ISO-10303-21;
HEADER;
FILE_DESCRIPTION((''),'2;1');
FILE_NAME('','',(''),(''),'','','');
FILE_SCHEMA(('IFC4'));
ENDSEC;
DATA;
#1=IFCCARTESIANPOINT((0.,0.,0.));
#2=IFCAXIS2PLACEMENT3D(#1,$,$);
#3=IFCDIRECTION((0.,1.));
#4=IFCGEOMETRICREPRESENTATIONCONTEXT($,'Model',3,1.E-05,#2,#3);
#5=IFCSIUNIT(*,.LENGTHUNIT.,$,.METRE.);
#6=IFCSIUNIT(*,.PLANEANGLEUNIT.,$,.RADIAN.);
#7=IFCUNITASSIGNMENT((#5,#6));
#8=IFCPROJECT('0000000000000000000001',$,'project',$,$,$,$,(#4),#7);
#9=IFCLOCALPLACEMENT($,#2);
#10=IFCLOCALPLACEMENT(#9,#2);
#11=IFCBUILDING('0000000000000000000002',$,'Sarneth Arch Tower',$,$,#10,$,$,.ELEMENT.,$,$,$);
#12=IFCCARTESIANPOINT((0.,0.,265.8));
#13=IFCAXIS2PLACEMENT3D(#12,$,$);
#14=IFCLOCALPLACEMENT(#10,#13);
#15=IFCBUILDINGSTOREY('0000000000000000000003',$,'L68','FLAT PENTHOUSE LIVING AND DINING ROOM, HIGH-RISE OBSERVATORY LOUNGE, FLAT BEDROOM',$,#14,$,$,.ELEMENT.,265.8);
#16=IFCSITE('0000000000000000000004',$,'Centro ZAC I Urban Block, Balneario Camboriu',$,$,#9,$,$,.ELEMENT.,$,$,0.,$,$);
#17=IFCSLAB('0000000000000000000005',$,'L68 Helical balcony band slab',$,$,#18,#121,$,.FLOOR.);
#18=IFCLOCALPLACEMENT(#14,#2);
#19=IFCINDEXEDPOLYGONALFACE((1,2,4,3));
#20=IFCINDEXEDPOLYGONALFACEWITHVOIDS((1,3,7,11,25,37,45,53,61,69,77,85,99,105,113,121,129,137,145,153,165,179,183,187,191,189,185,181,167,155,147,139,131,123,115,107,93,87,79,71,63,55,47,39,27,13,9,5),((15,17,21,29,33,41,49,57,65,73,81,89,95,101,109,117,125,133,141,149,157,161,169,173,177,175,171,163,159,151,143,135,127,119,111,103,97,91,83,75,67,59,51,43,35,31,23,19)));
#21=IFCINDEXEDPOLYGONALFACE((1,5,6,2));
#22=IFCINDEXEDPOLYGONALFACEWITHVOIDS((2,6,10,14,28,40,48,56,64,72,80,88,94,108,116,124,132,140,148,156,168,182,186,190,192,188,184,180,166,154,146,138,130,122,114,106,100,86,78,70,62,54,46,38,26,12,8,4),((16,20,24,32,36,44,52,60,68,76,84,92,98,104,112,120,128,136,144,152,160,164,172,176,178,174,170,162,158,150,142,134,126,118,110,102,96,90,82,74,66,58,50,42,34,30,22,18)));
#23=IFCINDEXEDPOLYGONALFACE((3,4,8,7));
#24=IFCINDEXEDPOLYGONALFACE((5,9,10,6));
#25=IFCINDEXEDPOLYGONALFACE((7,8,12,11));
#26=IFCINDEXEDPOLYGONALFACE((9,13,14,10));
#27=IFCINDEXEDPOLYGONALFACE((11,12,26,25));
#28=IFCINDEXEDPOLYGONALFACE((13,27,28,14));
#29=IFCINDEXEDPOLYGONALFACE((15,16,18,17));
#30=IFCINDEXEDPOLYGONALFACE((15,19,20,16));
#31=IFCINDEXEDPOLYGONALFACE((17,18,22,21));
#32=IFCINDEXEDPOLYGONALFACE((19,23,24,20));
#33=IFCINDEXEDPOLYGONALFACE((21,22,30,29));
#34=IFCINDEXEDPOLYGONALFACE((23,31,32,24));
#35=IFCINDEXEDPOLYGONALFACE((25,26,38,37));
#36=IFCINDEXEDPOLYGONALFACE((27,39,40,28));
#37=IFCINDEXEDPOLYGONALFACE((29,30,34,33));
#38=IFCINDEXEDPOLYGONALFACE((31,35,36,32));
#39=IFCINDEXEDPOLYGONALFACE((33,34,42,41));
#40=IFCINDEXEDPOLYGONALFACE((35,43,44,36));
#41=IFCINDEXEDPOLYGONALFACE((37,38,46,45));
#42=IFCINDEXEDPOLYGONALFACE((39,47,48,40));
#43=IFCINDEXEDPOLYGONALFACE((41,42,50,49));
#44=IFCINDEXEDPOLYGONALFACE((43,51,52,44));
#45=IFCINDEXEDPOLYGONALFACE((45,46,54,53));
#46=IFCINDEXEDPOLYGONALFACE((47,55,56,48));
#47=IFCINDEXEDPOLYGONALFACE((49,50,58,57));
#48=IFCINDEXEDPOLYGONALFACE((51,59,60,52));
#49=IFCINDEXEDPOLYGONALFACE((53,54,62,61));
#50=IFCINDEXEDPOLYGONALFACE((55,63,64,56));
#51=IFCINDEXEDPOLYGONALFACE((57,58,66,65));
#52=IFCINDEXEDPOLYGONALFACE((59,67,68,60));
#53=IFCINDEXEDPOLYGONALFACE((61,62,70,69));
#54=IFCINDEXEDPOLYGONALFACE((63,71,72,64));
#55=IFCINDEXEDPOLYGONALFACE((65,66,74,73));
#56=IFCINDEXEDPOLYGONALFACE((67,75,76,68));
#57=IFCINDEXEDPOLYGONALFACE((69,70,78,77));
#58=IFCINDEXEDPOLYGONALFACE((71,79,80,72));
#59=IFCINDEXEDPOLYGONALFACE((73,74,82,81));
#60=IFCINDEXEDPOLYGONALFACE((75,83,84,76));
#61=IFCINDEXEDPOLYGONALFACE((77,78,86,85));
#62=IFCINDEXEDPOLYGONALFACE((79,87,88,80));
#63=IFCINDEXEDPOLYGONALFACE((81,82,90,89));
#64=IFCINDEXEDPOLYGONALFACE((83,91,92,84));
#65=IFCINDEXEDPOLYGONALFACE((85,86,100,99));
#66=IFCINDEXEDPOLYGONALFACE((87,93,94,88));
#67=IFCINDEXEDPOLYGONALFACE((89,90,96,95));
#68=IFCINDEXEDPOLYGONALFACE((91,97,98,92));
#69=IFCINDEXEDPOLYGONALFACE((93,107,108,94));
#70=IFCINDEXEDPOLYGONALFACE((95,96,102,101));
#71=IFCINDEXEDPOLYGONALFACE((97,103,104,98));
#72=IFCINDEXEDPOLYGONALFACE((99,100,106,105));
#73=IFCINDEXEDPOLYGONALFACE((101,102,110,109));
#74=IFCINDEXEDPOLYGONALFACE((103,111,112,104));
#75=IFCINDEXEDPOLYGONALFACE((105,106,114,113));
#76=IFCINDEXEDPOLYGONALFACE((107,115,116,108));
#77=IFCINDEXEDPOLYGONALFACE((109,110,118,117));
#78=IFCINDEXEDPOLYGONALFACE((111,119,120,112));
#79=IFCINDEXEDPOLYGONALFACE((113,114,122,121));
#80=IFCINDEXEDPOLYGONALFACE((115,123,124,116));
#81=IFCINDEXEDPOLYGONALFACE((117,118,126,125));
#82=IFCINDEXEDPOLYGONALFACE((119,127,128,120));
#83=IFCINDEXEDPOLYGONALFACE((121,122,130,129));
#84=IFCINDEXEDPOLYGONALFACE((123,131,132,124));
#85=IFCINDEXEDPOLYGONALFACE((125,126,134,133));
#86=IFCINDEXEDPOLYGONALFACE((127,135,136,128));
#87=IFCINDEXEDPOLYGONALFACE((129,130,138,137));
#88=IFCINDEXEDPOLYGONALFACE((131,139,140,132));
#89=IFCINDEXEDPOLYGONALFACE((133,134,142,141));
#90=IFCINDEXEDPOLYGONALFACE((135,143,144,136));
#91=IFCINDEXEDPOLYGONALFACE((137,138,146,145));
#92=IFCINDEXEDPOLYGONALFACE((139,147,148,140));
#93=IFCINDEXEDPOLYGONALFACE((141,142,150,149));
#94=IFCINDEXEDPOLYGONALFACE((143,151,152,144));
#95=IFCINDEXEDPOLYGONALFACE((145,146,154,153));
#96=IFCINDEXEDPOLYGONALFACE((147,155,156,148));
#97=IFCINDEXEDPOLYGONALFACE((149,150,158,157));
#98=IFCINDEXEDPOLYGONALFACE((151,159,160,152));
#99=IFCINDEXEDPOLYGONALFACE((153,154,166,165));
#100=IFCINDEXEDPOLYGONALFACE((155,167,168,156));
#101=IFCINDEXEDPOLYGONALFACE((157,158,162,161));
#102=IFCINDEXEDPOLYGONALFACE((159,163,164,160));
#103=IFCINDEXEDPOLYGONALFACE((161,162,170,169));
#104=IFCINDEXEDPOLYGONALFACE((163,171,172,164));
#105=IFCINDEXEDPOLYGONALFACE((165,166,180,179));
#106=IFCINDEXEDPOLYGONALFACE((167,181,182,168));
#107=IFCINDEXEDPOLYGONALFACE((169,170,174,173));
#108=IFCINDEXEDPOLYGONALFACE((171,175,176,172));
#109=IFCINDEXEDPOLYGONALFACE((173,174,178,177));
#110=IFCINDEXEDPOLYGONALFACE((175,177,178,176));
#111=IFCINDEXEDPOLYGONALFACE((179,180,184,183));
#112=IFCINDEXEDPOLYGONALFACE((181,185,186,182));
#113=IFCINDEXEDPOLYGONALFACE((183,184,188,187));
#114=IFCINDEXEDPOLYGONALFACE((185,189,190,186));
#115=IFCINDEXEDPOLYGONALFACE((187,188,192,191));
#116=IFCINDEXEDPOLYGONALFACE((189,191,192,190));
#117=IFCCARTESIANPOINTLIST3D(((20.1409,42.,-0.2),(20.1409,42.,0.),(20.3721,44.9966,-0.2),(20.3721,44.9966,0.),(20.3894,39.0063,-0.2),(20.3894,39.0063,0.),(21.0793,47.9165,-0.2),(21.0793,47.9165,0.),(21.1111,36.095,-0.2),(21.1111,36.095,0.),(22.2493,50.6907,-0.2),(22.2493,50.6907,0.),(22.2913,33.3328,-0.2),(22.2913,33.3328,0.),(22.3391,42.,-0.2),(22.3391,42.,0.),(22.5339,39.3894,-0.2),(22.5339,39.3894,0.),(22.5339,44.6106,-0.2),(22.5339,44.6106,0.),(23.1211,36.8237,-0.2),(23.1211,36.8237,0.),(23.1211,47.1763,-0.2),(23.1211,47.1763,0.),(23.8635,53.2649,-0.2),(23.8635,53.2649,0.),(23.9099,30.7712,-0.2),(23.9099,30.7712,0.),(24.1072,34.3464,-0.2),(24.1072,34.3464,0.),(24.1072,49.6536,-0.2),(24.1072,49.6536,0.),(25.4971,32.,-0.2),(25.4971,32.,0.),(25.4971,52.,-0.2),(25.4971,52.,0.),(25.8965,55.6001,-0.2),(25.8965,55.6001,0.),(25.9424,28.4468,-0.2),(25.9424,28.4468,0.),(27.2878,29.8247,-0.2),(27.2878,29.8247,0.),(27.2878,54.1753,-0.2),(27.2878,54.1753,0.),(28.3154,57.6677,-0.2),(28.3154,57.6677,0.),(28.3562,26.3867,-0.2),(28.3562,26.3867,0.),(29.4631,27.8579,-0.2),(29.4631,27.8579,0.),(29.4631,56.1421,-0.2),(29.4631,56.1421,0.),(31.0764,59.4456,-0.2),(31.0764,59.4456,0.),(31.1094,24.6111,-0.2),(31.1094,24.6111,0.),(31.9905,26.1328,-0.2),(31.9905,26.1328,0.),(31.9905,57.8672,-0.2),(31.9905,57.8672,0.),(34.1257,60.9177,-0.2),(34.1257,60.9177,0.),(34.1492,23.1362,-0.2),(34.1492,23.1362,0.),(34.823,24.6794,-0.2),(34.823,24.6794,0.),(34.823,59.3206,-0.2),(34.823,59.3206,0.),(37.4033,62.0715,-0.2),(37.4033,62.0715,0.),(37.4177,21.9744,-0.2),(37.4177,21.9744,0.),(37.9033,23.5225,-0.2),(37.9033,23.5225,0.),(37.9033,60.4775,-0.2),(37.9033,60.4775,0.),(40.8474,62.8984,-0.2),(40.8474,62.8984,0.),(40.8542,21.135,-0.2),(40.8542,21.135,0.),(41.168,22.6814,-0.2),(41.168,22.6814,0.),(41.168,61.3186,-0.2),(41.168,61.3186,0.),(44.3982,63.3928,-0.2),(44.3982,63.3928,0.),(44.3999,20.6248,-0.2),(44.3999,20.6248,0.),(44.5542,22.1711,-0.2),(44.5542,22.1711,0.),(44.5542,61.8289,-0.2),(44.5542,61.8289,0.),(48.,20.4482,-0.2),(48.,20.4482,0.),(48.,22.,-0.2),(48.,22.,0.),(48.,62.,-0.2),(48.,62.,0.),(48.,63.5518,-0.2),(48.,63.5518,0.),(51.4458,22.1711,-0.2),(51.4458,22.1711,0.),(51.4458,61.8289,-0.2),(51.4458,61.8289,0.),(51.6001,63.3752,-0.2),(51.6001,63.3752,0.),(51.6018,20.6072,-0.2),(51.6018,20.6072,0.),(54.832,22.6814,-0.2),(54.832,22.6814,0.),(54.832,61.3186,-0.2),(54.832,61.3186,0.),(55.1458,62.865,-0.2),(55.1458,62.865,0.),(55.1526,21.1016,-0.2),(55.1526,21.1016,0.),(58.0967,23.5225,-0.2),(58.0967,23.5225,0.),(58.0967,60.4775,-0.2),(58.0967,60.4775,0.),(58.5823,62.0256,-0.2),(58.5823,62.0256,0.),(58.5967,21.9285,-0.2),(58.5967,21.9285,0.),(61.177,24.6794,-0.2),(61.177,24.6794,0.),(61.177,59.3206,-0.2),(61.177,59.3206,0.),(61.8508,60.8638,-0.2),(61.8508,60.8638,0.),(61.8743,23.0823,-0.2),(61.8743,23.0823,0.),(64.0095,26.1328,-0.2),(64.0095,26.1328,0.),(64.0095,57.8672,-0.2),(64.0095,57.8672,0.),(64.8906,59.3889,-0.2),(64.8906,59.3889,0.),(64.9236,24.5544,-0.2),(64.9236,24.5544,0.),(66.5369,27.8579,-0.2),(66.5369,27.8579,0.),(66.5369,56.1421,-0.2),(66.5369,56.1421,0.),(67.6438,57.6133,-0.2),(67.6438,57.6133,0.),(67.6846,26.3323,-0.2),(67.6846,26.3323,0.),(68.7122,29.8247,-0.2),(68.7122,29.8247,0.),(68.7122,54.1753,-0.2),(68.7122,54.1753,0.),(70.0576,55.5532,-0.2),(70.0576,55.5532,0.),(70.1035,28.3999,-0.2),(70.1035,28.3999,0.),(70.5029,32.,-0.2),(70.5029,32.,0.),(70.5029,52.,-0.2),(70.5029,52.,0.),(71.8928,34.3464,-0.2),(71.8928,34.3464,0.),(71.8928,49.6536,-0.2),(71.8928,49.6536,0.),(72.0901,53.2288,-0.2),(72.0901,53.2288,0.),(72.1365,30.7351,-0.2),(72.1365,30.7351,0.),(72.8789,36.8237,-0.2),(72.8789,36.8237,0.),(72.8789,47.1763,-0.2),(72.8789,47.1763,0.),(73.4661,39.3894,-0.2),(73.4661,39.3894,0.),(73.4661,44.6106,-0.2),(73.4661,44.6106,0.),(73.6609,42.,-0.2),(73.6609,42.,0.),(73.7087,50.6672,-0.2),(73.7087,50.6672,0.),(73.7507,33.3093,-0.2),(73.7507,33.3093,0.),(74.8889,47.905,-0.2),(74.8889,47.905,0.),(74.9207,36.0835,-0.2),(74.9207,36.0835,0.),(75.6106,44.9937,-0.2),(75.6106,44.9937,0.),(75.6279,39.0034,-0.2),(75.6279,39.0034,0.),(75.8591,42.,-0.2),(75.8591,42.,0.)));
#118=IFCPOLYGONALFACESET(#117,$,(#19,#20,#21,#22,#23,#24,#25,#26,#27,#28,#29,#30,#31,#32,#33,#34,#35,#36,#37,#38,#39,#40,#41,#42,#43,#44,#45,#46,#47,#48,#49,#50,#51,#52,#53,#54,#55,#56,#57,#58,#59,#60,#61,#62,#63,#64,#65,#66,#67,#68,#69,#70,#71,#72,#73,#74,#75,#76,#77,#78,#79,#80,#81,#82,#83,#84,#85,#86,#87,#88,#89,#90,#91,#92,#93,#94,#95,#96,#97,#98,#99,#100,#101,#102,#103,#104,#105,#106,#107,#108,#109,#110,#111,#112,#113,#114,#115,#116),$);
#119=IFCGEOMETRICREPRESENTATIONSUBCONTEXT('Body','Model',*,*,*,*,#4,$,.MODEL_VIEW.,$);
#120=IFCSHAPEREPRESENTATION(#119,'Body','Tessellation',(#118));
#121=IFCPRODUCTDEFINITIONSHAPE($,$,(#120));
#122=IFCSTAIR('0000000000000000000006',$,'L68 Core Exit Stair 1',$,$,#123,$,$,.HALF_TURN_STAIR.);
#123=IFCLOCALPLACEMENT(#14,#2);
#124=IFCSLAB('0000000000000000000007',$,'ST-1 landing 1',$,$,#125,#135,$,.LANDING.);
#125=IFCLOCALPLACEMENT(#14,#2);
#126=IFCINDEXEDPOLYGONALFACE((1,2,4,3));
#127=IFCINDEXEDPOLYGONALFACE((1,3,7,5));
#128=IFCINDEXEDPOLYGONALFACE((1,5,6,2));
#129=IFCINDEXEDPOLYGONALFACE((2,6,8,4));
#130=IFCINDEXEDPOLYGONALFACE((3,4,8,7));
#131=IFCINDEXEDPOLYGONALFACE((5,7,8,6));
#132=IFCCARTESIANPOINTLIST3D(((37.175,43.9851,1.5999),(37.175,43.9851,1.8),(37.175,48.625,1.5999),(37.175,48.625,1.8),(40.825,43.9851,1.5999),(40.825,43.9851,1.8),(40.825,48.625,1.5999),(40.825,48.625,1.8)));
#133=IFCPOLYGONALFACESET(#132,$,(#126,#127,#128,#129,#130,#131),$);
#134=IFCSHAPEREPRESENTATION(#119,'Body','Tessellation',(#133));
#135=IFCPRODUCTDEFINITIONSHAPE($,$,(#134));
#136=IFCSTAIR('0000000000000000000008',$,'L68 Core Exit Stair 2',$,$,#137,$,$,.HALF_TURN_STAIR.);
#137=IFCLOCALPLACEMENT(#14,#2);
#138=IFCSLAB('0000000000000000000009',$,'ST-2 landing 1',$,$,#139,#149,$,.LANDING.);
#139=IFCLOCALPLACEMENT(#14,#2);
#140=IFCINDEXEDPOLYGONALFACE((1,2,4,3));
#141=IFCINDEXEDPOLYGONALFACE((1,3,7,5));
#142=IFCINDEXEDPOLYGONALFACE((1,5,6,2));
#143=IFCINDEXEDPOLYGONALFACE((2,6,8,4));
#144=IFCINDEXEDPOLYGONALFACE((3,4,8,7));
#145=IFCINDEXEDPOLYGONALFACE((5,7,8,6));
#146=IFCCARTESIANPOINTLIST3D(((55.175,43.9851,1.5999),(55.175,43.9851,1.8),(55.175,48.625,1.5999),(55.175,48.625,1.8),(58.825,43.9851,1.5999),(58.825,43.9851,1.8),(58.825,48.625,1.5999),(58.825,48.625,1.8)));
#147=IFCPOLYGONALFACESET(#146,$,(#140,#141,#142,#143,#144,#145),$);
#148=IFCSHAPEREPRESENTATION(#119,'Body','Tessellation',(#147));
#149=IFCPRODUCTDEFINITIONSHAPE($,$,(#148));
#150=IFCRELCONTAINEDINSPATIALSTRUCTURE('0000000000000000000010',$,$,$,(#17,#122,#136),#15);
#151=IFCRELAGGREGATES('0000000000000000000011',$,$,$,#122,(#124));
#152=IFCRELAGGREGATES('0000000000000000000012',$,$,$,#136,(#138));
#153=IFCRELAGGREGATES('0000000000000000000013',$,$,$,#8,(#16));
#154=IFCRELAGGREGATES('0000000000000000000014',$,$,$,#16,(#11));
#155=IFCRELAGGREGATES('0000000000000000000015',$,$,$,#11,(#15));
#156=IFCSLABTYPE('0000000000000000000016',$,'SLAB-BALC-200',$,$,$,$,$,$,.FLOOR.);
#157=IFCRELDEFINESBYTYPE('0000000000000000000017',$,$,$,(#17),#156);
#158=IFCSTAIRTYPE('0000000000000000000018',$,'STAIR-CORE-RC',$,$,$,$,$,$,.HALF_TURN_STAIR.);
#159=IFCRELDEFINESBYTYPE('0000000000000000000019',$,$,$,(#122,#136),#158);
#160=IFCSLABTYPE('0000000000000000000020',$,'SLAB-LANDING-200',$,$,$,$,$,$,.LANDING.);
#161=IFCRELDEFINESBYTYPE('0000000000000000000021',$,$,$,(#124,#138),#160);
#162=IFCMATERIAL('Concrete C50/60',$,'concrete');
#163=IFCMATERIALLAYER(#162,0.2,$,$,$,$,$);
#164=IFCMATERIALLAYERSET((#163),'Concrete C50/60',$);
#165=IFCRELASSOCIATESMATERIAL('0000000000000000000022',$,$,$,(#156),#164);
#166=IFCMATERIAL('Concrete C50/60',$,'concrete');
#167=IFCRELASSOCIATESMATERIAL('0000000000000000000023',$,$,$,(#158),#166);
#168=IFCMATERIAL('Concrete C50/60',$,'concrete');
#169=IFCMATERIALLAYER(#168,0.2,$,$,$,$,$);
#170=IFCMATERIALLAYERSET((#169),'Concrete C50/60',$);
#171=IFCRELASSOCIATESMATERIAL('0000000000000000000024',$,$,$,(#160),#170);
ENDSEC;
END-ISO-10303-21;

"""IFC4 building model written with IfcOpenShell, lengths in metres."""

from ifc_helpers import new_model, si_unit, direction, frame, origin, place, context, subcontext, project, spatial, polyline, outline, extrude, material, layer, layer_set, type_object, element, aggregate, save


model = new_model("IFC4")

# Units and contexts
model_context = context("Model", 3, precision=1e-05, world=origin(), true_north=direction((0.0, 1.0)))
body_context = subcontext(model_context, "Body", "Model", "MODEL_VIEW")
ifc_project = project(units=[si_unit("LENGTHUNIT", "METRE"), si_unit("PLANEANGLEUNIT", "RADIAN")], contexts=[model_context])

# Site, building, storey
site_placement = place(None, origin())
site = spatial("IfcSite", under=ifc_project, at=site_placement, Name="Centro ZAC I Urban Block, Balneario Camboriu", CompositionType="ELEMENT", RefElevation=0.0)
building_placement = place(site_placement, origin())
building = spatial("IfcBuilding", under=site, at=building_placement, Name="Sarneth Arch Tower", CompositionType="ELEMENT")
storey_placement = place(building_placement, frame((0.0, 0.0, 265.8)))
storey = spatial("IfcBuildingStorey", under=building, at=storey_placement, Name="L68", Description="FLAT PENTHOUSE LIVING AND DINING ROOM, HIGH-RISE OBSERVATORY LOUNGE, FLAT BEDROOM", CompositionType="ELEMENT", Elevation=265.8)

# Slab
ifc_material_1 = material(Name="Concrete C50/60", Category="concrete")
ifc_layer_1 = layer(ifc_material_1, 0.2)
ifc_layer_set_1 = layer_set([ifc_layer_1], Name="Concrete C50/60")
slab_type_1 = type_object("IfcSlabType", Name="SLAB-BALC-200", PredefinedType="FLOOR", material=ifc_layer_set_1)
slab_1_placement = place(storey_placement, frame((0.0, 0.0, -0.2)))
element("IfcSlab", 1, at=slab_1_placement, inside=storey, type_object=slab_type_1, Name="L68 Helical balcony band slab", PredefinedType="FLOOR", context=body_context, shape_type="SweptSolid", body=[
    extrude(outline(polyline([(75.8591, 42.0), (75.6106, 44.9937), (74.8889, 47.905), (73.7087, 50.6672), (72.0901, 53.2288), (70.0576, 55.5532), (67.6438, 57.6133), (64.8906, 59.3889), (61.8508, 60.8638), (58.5823, 62.0256), (55.1458, 62.865), (51.6001, 63.3752), (48.0, 63.5518), (44.3982, 63.3928), (40.8474, 62.8984), (37.4033, 62.0715), (34.1257, 60.9177), (31.0764, 59.4456), (28.3154, 57.6677), (25.8965, 55.6001), (23.8635, 53.2649), (22.2493, 50.6907), (21.0793, 47.9165), (20.3721, 44.9966), (20.1409, 42.0), (20.3894, 39.0063), (21.1111, 36.095), (22.2913, 33.3328), (23.9099, 30.7712), (25.9424, 28.4468), (28.3562, 26.3867), (31.1094, 24.6111), (34.1492, 23.1362), (37.4177, 21.9744), (40.8542, 21.135), (44.3999, 20.6248), (48.0, 20.4482), (51.6018, 20.6072), (55.1526, 21.1016), (58.5967, 21.9285), (61.8743, 23.0823), (64.9236, 24.5544), (67.6846, 26.3323), (70.1035, 28.3999), (72.1365, 30.7351), (73.7507, 33.3093), (74.9207, 36.0835), (75.6279, 39.0034), (75.8591, 42.0)]), holes=[polyline([(73.6609, 42.0), (73.4661, 44.6106), (72.8789, 47.1763), (71.8928, 49.6536), (70.5029, 52.0), (68.7122, 54.1753), (66.5369, 56.1421), (64.0095, 57.8672), (61.177, 59.3206), (58.0967, 60.4775), (54.832, 61.3186), (51.4458, 61.8289), (48.0, 62.0), (44.5542, 61.8289), (41.168, 61.3186), (37.9033, 60.4775), (34.823, 59.3206), (31.9905, 57.8672), (29.4631, 56.1421), (27.2878, 54.1753), (25.4971, 52.0), (24.1072, 49.6536), (23.1211, 47.1763), (22.5339, 44.6106), (22.3391, 42.0), (22.5339, 39.3894), (23.1211, 36.8237), (24.1072, 34.3464), (25.4971, 32.0), (27.2878, 29.8247), (29.4631, 27.8579), (31.9905, 26.1328), (34.823, 24.6794), (37.9033, 23.5225), (41.168, 22.6814), (44.5542, 22.1711), (48.0, 22.0), (51.4458, 22.1711), (54.832, 22.6814), (58.0967, 23.5225), (61.177, 24.6794), (64.0095, 26.1328), (66.5369, 27.8579), (68.7122, 29.8247), (70.5029, 32.0), (71.8928, 34.3464), (72.8789, 36.8237), (73.4661, 39.3894), (73.6609, 42.0)])]), origin(), (0.0, 0.0, 1.0), 0.2),
])

# Stairs, slabs
ifc_material_2 = material(Name="Concrete C50/60", Category="concrete")
stair_type = type_object("IfcStairType", Name="STAIR-CORE-RC", PredefinedType="HALF_TURN_STAIR", material=ifc_material_2)
stair_1_placement = place(storey_placement, origin())
stair_1 = element("IfcStair", 2, at=stair_1_placement, inside=storey, type_object=stair_type, Name="L68 Core Exit Stair 1", PredefinedType="HALF_TURN_STAIR")
ifc_material_3 = material(Name="Concrete C50/60", Category="concrete")
ifc_layer_2 = layer(ifc_material_3, 0.2)
ifc_layer_set_2 = layer_set([ifc_layer_2], Name="Concrete C50/60")
slab_type_2 = type_object("IfcSlabType", Name="SLAB-LANDING-200", PredefinedType="LANDING", material=ifc_layer_set_2)
slab_2_placement = place(storey_placement, frame((0.0, 0.0, 1.5999)))
slab_2 = element("IfcSlab", 3, at=slab_2_placement, type_object=slab_type_2, Name="ST-1 landing 1", PredefinedType="LANDING", context=body_context, shape_type="SweptSolid", body=[
    extrude(outline(polyline([(37.175, 43.9851), (40.825, 43.9851), (40.825, 48.625), (37.175, 48.625), (37.175, 43.9851)])), origin(), (0.0, 0.0, 1.0), 0.2002),
])
aggregate(stair_1, [slab_2])
stair_2_placement = place(storey_placement, origin())
stair_2 = element("IfcStair", 4, at=stair_2_placement, inside=storey, type_object=stair_type, Name="L68 Core Exit Stair 2", PredefinedType="HALF_TURN_STAIR")
slab_3_placement = place(storey_placement, frame((0.0, 0.0, 1.5999)))
slab_3 = element("IfcSlab", 5, at=slab_3_placement, type_object=slab_type_2, Name="ST-2 landing 1", PredefinedType="LANDING", context=body_context, shape_type="SweptSolid", body=[
    extrude(outline(polyline([(55.175, 43.9851), (58.825, 43.9851), (58.825, 48.625), (55.175, 48.625), (55.175, 43.9851)])), origin(), (0.0, 0.0, 1.0), 0.2002),
])
aggregate(stair_2, [slab_3])

save(model, "model.ifc")
